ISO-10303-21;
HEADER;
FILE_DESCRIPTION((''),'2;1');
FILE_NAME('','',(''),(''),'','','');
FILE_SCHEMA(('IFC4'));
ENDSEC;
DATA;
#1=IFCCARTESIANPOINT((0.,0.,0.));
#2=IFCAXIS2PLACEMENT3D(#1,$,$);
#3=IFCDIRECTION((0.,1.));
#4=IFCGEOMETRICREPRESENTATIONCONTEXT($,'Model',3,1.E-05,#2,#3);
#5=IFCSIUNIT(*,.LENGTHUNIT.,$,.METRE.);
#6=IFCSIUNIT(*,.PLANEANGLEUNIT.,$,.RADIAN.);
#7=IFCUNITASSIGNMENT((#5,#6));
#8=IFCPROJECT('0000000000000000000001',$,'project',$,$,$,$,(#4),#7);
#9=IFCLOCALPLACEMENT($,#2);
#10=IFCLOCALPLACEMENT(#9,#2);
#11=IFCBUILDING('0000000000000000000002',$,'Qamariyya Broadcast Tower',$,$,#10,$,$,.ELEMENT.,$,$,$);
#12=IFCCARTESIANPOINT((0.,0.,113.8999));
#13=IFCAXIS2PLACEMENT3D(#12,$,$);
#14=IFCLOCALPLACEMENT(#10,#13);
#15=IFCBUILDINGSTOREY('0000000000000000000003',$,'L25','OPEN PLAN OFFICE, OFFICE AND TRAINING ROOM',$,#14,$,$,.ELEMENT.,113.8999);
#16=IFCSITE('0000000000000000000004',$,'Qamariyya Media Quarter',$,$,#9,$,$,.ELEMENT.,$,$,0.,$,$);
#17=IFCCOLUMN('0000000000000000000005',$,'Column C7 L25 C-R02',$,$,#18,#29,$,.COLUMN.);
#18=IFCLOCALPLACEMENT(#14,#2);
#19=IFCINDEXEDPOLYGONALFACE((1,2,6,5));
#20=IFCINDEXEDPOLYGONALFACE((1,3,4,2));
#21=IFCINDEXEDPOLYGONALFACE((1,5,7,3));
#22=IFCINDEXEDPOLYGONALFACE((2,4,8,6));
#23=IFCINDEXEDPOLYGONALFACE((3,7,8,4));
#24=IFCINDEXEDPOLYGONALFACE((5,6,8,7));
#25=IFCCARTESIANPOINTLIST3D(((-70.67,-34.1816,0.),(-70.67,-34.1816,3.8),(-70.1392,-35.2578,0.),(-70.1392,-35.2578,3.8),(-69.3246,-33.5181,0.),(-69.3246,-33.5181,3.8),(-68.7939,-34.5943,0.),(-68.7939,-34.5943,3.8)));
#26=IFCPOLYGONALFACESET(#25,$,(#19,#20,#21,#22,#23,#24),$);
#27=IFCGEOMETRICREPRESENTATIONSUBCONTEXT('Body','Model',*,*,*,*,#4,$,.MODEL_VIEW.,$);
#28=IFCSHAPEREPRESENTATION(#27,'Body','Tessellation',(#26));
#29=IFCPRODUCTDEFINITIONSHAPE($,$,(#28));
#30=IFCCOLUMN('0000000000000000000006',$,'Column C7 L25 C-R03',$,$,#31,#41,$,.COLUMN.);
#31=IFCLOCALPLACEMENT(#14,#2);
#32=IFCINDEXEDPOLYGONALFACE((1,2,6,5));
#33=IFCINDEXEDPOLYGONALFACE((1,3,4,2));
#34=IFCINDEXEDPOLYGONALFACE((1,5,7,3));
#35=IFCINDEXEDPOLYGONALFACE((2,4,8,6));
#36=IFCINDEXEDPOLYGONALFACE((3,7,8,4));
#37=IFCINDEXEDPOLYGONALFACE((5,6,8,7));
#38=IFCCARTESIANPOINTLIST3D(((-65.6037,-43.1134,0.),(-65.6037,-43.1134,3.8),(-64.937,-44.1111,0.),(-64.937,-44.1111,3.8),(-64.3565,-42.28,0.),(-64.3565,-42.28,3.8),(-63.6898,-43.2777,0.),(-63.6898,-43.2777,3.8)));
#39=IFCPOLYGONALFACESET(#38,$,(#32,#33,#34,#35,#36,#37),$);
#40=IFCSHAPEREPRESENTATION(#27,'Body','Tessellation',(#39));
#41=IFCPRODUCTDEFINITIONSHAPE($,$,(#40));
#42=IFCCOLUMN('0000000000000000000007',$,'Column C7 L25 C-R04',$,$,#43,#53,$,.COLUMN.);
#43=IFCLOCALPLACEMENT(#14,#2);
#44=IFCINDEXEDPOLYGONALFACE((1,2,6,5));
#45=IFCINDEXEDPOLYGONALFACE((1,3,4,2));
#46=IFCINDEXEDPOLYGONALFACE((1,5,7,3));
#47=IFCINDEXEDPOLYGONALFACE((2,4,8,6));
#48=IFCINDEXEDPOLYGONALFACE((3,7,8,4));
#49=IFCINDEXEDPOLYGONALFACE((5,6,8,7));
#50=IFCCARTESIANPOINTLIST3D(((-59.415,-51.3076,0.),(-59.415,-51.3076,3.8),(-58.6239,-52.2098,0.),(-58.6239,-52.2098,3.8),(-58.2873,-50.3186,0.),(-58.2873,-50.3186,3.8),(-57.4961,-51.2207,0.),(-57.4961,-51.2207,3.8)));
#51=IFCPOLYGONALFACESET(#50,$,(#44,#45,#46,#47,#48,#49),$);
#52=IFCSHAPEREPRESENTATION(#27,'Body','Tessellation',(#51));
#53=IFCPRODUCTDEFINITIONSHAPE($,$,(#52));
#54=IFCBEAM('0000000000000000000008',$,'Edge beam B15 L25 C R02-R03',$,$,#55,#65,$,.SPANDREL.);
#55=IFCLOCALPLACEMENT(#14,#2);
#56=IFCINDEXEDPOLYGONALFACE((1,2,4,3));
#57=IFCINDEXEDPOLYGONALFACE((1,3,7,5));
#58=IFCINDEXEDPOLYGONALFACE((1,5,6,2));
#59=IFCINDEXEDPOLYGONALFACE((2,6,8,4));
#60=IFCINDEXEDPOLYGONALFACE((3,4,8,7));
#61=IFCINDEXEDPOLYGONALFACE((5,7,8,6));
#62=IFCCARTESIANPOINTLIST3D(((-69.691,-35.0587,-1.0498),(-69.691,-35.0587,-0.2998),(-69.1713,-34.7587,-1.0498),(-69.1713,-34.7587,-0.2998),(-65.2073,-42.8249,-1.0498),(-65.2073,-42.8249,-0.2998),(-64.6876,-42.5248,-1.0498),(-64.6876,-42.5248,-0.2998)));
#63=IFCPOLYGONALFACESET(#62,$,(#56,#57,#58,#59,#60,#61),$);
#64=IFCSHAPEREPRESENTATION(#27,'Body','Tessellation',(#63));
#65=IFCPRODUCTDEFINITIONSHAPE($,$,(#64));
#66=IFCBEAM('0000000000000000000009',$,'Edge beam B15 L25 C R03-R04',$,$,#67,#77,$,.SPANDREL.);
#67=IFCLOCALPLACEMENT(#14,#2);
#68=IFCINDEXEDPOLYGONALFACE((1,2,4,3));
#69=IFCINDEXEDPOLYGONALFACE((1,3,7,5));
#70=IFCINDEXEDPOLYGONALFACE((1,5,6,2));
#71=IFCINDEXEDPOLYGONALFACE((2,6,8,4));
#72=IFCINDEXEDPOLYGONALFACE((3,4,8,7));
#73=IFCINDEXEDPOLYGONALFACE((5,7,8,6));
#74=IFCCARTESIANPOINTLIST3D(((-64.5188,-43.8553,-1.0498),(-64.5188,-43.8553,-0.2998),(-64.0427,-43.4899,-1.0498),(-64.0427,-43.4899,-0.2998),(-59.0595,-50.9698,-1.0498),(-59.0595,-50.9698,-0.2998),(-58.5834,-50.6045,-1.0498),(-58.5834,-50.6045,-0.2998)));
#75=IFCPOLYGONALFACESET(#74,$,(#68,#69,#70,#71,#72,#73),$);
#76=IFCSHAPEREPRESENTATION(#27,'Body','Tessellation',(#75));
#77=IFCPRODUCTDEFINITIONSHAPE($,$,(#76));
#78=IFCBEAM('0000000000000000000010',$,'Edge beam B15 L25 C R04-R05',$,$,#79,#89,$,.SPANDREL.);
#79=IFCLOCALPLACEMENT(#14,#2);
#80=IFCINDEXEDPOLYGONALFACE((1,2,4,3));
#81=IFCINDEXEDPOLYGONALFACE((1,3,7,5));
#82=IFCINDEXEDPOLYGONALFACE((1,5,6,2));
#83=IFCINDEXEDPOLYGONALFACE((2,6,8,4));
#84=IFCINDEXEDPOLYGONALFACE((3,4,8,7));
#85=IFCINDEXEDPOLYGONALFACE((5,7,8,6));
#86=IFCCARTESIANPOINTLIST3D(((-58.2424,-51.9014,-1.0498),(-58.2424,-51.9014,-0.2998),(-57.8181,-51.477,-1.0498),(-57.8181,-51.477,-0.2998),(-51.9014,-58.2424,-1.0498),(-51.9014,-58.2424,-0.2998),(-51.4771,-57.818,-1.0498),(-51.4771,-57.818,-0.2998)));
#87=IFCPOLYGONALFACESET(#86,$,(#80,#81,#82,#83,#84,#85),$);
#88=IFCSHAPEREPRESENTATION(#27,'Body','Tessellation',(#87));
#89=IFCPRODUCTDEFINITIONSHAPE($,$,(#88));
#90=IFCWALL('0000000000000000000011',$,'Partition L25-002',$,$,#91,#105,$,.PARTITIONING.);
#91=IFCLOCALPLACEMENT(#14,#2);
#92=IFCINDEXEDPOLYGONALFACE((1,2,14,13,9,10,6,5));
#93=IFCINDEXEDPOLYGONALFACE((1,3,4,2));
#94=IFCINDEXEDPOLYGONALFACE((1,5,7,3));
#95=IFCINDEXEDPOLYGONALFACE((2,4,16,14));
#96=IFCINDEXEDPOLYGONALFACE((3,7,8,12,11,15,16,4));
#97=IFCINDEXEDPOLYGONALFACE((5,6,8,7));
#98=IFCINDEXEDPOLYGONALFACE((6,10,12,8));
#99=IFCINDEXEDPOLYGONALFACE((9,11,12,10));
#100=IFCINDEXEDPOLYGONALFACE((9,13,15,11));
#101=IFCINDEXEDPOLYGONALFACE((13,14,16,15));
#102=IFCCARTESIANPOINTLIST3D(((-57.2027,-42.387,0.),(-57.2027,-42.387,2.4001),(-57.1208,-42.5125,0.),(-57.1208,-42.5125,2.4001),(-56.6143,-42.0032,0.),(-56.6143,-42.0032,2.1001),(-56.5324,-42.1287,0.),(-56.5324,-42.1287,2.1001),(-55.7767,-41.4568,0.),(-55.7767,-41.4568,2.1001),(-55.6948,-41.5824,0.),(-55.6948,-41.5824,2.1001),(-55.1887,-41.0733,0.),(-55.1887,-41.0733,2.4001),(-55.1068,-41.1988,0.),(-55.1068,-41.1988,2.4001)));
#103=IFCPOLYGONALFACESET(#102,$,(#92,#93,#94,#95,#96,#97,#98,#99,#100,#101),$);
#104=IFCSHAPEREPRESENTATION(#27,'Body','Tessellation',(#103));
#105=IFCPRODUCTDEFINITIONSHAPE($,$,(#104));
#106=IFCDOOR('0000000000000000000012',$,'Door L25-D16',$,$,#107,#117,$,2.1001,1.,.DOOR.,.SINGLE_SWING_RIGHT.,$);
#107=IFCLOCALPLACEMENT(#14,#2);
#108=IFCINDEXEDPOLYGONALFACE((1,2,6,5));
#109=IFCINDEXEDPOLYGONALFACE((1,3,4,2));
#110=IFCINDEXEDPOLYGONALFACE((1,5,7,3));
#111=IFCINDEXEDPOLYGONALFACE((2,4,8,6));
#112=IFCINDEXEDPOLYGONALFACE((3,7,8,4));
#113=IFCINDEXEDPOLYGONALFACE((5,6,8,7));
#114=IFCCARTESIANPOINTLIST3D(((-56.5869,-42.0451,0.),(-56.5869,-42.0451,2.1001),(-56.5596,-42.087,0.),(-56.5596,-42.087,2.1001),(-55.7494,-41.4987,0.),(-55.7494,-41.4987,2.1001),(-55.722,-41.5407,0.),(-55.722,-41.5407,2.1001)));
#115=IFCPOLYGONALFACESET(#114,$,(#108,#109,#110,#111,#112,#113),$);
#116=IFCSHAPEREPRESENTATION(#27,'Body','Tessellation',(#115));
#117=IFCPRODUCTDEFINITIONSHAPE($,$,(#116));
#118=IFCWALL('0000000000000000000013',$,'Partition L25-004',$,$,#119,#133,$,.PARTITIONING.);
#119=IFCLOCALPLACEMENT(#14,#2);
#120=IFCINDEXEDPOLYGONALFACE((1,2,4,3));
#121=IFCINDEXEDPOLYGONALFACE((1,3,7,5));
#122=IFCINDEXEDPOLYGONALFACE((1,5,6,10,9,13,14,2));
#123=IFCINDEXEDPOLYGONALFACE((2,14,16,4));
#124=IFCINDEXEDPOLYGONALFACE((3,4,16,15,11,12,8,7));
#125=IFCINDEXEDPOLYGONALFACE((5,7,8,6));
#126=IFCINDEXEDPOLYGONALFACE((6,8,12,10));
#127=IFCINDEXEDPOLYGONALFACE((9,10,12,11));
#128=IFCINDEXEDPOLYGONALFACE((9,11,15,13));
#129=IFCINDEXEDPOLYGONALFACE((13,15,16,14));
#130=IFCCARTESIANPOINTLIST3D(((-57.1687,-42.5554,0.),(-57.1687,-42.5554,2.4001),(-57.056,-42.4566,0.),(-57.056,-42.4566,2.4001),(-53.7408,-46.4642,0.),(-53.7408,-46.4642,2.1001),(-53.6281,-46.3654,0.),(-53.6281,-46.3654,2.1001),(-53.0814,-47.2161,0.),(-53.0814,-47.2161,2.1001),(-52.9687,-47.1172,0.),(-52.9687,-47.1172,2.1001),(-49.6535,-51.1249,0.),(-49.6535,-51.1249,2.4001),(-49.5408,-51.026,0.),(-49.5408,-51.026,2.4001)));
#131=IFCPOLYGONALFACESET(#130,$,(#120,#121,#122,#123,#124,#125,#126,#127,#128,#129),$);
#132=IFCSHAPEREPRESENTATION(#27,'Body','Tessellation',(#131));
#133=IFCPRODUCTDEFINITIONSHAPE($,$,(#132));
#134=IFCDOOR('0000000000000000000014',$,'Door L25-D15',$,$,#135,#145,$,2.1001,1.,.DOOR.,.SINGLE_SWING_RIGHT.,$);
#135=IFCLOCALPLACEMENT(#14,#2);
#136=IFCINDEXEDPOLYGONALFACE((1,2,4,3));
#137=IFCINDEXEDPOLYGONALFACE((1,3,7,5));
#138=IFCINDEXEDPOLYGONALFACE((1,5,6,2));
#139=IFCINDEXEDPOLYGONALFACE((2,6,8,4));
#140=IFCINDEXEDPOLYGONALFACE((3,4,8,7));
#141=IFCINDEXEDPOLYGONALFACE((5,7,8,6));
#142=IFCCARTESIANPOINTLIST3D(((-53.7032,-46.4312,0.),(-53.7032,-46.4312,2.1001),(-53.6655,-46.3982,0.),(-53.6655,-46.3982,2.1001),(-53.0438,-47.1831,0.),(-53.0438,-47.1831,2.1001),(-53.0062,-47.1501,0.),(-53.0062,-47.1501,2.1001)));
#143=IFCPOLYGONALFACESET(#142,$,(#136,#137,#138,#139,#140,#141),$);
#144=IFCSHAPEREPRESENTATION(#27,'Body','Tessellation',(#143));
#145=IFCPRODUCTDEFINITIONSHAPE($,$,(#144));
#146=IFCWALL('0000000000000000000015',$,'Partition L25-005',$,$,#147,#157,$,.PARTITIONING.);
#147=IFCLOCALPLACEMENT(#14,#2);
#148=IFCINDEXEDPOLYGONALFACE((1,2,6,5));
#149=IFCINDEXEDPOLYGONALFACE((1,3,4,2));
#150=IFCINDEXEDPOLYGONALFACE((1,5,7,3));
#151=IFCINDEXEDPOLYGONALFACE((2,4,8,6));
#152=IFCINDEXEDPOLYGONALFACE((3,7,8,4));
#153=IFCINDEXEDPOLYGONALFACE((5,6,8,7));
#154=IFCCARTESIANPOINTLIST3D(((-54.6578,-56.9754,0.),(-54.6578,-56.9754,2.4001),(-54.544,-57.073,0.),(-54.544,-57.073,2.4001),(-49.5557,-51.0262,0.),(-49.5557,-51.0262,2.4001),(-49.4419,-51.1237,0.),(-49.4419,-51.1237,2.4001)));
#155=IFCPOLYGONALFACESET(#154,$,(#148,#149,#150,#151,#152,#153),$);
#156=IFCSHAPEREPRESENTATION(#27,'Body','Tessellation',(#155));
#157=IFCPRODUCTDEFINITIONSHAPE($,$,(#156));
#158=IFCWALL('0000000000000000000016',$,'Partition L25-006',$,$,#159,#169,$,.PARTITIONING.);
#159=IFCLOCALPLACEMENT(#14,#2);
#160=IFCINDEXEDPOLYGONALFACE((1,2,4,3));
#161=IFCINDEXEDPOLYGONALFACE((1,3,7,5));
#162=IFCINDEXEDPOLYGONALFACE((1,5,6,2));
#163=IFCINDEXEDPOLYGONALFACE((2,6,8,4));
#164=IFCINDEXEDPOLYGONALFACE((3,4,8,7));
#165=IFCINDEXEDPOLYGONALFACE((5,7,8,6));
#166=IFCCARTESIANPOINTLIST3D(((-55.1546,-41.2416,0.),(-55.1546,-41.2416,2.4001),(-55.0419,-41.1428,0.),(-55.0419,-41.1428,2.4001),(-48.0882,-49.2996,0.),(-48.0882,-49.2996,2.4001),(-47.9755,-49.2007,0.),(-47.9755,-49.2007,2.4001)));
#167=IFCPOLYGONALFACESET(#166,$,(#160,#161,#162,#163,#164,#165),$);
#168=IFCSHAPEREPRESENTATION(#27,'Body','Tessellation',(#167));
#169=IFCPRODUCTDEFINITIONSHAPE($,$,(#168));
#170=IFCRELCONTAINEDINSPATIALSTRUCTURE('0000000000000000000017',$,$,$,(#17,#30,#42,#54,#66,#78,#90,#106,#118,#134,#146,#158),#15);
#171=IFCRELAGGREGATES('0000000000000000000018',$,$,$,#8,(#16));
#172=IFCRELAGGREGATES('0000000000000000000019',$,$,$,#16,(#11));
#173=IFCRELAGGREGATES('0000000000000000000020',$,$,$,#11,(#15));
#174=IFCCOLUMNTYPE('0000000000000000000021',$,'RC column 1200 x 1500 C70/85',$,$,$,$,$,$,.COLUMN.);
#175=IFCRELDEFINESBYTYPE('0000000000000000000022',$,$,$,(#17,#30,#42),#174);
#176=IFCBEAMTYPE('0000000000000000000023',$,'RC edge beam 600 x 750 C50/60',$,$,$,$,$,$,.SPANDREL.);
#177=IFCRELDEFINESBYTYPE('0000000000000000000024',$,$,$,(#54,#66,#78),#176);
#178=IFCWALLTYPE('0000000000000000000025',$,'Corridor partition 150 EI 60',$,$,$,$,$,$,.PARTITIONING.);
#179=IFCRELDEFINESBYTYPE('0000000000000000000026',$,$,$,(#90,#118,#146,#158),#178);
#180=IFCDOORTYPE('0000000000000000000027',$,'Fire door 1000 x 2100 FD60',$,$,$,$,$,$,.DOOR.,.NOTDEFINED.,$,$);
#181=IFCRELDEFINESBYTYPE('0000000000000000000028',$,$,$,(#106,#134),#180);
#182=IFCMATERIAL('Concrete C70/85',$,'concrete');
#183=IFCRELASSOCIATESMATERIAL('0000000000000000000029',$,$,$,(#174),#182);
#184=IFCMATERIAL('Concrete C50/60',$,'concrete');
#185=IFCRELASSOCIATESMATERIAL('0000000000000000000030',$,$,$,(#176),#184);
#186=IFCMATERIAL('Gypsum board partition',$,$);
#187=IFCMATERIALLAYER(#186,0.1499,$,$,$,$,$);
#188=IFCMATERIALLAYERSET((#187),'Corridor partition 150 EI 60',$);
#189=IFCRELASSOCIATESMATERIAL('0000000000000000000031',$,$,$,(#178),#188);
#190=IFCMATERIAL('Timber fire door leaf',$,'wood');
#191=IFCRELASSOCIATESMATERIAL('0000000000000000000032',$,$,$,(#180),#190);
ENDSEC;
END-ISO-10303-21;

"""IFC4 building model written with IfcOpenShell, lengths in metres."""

from ifc_helpers import new_model, si_unit, direction, frame, frame_2d, origin, origin_2d, place, context, subcontext, project, spatial, rectangle, extrude, material, layer, layer_set, material_profile, profile_set, type_object, element, fill, save


model = new_model("IFC4")

# Units and contexts
model_context = context("Model", 3, precision=1e-05, world=origin(), true_north=direction((0.0, 1.0)))
body_context = subcontext(model_context, "Body", "Model", "MODEL_VIEW")
ifc_project = project(units=[si_unit("LENGTHUNIT", "METRE"), si_unit("PLANEANGLEUNIT", "RADIAN")], contexts=[model_context])

# Site, building, storey
site_placement = place(None, origin())
site = spatial("IfcSite", under=ifc_project, at=site_placement, Name="Qamariyya Media Quarter", CompositionType="ELEMENT", RefElevation=0.0)
building_placement = place(site_placement, origin())
building = spatial("IfcBuilding", under=site, at=building_placement, Name="Qamariyya Broadcast Tower", CompositionType="ELEMENT")
storey_placement = place(building_placement, frame((0.0, 0.0, 113.8999)))
storey = spatial("IfcBuildingStorey", under=building, at=storey_placement, Name="L25", Description="OPEN PLAN OFFICE, OFFICE AND TRAINING ROOM", CompositionType="ELEMENT", Elevation=113.8999)

# Columns
ifc_material_1 = material(Name="Concrete C70/85", Category="concrete")
ifc_material_profile_1 = material_profile(ifc_material_1, rectangle(XDim=1.2, YDim=1.5, at=origin_2d()))
ifc_profile_set_1 = profile_set([ifc_material_profile_1], Name="Concrete C70/85")
column_type = type_object("IfcColumnType", Name="RC column 1200 x 1500 C70/85", PredefinedType="COLUMN", material=ifc_profile_set_1)
for number, where, z_axis, x_axis, name in (
    (1, (-69.7319, -34.3879, 0.0), (0.0, 0.0, 1.0), (0.442289, -0.896873, 0.0), "Column C7 L25 C-R02"),
    (2, (-64.6467, -43.1956, 0.0), (0.0, 0.0, 1.0), (0.55557, -0.83147, 0.0), "Column C7 L25 C-R03"),
    (3, (-58.4556, -51.2642, 0.0), (0.0, 0.0, 1.0), (0.659346, -0.75184, 0.0), "Column C7 L25 C-R04"),
):
    element("IfcColumn", number, at=place(storey_placement, frame(where, z_axis=z_axis, x_axis=x_axis)), inside=storey, type_object=column_type, Name=name, PredefinedType="COLUMN", context=body_context, shape_type="SweptSolid", body=[
        extrude(rectangle(XDim=1.2, YDim=1.5, at=origin_2d()), origin(), (0.0, 0.0, 1.0), 3.8),
    ])

# Beams
ifc_material_2 = material(Name="Concrete C50/60", Category="concrete")
ifc_material_profile_2 = material_profile(ifc_material_2, rectangle(XDim=0.6001, YDim=0.75, at=origin_2d()))
ifc_profile_set_2 = profile_set([ifc_material_profile_2], Name="Concrete C50/60")
beam_type = type_object("IfcBeamType", Name="RC edge beam 600 x 750 C50/60", PredefinedType="SPANDREL", material=ifc_profile_set_2)
beam_1_placement = place(storey_placement, frame((-69.4312, -34.9087, -0.6748), z_axis=(0.49999, -0.866031, 0.0), x_axis=(0.866031, 0.49999, 0.0)))
element("IfcBeam", 4, at=beam_1_placement, inside=storey, type_object=beam_type, Name="Edge beam B15 L25 C R02-R03", PredefinedType="SPANDREL", context=body_context, shape_type="SweptSolid", body=[
    extrude(rectangle(XDim=0.6001, YDim=0.75, at=origin_2d()), origin(), (0.0, 0.0, 1.0), 8.9675),
])
beam_2_placement = place(storey_placement, frame((-64.2808, -43.6726, -0.6748), z_axis=(0.608767, -0.793349, 0.0), x_axis=(0.793349, 0.608767, 0.0)))
element("IfcBeam", 5, at=beam_2_placement, inside=storey, type_object=beam_type, Name="Edge beam B15 L25 C R03-R04", PredefinedType="SPANDREL", context=body_context, shape_type="SweptSolid", body=[
    extrude(rectangle(XDim=0.6001, YDim=0.75, at=origin_2d()), origin(), (0.0, 0.0, 1.0), 8.9678),
])
beam_3_placement = place(storey_placement, frame((-58.0303, -51.6892, -0.6748), z_axis=(0.707107, -0.707107, 0.0), x_axis=(0.707107, 0.707107, 0.0)))
element("IfcBeam", 6, at=beam_3_placement, inside=storey, type_object=beam_type, Name="Edge beam B15 L25 C R04-R05", PredefinedType="SPANDREL", context=body_context, shape_type="SweptSolid", body=[
    extrude(rectangle(XDim=0.6001, YDim=0.75, at=origin_2d()), origin(), (0.0, 0.0, 1.0), 8.9675),
])

# Walls, openings, doors
ifc_material_3 = material(Name="Gypsum board partition")
ifc_layer_1 = layer(ifc_material_3, 0.1499)
ifc_layer_set_1 = layer_set([ifc_layer_1], Name="Corridor partition 150 EI 60")
wall_type_1 = type_object("IfcWallType", Name="Corridor partition 150 EI 60", PredefinedType="PARTITIONING", material=ifc_layer_set_1)
wall_1_placement = place(storey_placement, frame((-57.1616, -42.4497, 0.0), z_axis=(0.0, 0.0, 1.0), x_axis=(0.837554, 0.546354, 0.0)))
wall_1 = element("IfcWall", 7, at=wall_1_placement, inside=storey, type_object=wall_type_1, Name="Partition L25-002", PredefinedType="PARTITIONING", context=body_context, shape_type="SweptSolid", body=[
    extrude(rectangle(XDim=2.4045, YDim=0.1499, at=frame_2d((1.2021, 0.0))), origin(), (0.0, 0.0, 1.0), 2.4001),
])
opening_1_placement = place(wall_1_placement, frame((0.7024, 0.0, 0.0)))
opening_1 = element("IfcOpeningElement", 8, at=opening_1_placement, cuts=wall_1, PredefinedType="OPENING", context=body_context, shape_type="SweptSolid", body=[
    extrude(rectangle(XDim=1.0, YDim=2.1001, at=frame_2d((0.5, 1.05))), frame((0.0, 0.085, 0.0), z_axis=(0.0, -1.0, 0.0), x_axis=(1.0, 0.0, 0.0)), (0.0, 0.0, 1.0), 0.1699),
])
ifc_material_4 = material(Name="Timber fire door leaf", Category="wood")
door_type = type_object("IfcDoorType", Name="Fire door 1000 x 2100 FD60", OperationType="NOTDEFINED", PredefinedType="DOOR", material=ifc_material_4)
door_1_placement = place(opening_1_placement, origin())
door_1 = element("IfcDoor", 9, at=door_1_placement, inside=storey, type_object=door_type, Name="Door L25-D16", OperationType="SINGLE_SWING_RIGHT", OverallHeight=2.1001, OverallWidth=1.0, PredefinedType="DOOR", context=body_context, shape_type="SweptSolid", body=[
    extrude(rectangle(XDim=1.0, YDim=2.1001, at=frame_2d((0.5, 1.05))), frame((0.0, 0.0249, 0.0), z_axis=(0.0, -1.0, 0.0), x_axis=(1.0, 0.0, 0.0)), (0.0, 0.0, 1.0), 0.05),
])
fill(opening_1, door_1)
wall_2_placement = place(storey_placement, frame((-49.5972, -51.0754, 0.0), z_axis=(0.0, 0.0, 1.0), x_axis=(-0.659347, 0.751838, 0.0)))
wall_2 = element("IfcWall", 10, at=wall_2_placement, inside=storey, type_object=wall_type_1, Name="Partition L25-004", PredefinedType="PARTITIONING", context=body_context, shape_type="SweptSolid", body=[
    extrude(rectangle(XDim=11.3979, YDim=0.1499, at=frame_2d((5.699, 0.0))), origin(), (0.0, 0.0, 1.0), 2.4001),
])
opening_2_placement = place(wall_2_placement, frame((5.199, 0.0, 0.0)))
opening_2 = element("IfcOpeningElement", 11, at=opening_2_placement, cuts=wall_2, PredefinedType="OPENING", context=body_context, shape_type="SweptSolid", body=[
    extrude(rectangle(XDim=1.0, YDim=2.1001, at=frame_2d((0.5, 1.05))), frame((0.0, 0.085, 0.0), z_axis=(0.0, -1.0, 0.0), x_axis=(1.0, 0.0, 0.0)), (0.0, 0.0, 1.0), 0.1699),
])
door_2_placement = place(opening_2_placement, origin())
door_2 = element("IfcDoor", 12, at=door_2_placement, inside=storey, type_object=door_type, Name="Door L25-D15", OperationType="SINGLE_SWING_RIGHT", OverallHeight=2.1001, OverallWidth=1.0, PredefinedType="DOOR", context=body_context, shape_type="SweptSolid", body=[
    extrude(rectangle(XDim=1.0, YDim=2.1001, at=frame_2d((0.5, 1.05))), frame((0.0, 0.0249, 0.0), z_axis=(0.0, -1.0, 0.0), x_axis=(1.0, 0.0, 0.0)), (0.0, 0.0, 1.0), 0.05),
])
fill(opening_2, door_2)

# Walls
wall_3_placement = place(storey_placement, frame((-49.4988, -51.075, 0.0), z_axis=(0.0, 0.0, 1.0), x_axis=(-0.650991, -0.759085, 0.0)))
element("IfcWall", 13, at=wall_3_placement, inside=storey, type_object=wall_type_1, Name="Partition L25-005", PredefinedType="PARTITIONING", context=body_context, shape_type="SweptSolid", body=[
    extrude(rectangle(XDim=7.8374, YDim=0.1499, at=frame_2d((3.9187, 0.0))), origin(), (0.0, 0.0, 1.0), 2.4001),
])
wall_4_placement = place(storey_placement, frame((-48.0317, -49.2502, 0.0), z_axis=(0.0, 0.0, 1.0), x_axis=(-0.659338, 0.751847, 0.0)))
element("IfcWall", 14, at=wall_4_placement, inside=storey, type_object=wall_type_1, Name="Partition L25-006", PredefinedType="PARTITIONING", context=body_context, shape_type="SweptSolid", body=[
    extrude(rectangle(XDim=10.7175, YDim=0.1499, at=frame_2d((5.3589, 0.0))), origin(), (0.0, 0.0, 1.0), 2.4001),
])

save(model, "model.ifc")
